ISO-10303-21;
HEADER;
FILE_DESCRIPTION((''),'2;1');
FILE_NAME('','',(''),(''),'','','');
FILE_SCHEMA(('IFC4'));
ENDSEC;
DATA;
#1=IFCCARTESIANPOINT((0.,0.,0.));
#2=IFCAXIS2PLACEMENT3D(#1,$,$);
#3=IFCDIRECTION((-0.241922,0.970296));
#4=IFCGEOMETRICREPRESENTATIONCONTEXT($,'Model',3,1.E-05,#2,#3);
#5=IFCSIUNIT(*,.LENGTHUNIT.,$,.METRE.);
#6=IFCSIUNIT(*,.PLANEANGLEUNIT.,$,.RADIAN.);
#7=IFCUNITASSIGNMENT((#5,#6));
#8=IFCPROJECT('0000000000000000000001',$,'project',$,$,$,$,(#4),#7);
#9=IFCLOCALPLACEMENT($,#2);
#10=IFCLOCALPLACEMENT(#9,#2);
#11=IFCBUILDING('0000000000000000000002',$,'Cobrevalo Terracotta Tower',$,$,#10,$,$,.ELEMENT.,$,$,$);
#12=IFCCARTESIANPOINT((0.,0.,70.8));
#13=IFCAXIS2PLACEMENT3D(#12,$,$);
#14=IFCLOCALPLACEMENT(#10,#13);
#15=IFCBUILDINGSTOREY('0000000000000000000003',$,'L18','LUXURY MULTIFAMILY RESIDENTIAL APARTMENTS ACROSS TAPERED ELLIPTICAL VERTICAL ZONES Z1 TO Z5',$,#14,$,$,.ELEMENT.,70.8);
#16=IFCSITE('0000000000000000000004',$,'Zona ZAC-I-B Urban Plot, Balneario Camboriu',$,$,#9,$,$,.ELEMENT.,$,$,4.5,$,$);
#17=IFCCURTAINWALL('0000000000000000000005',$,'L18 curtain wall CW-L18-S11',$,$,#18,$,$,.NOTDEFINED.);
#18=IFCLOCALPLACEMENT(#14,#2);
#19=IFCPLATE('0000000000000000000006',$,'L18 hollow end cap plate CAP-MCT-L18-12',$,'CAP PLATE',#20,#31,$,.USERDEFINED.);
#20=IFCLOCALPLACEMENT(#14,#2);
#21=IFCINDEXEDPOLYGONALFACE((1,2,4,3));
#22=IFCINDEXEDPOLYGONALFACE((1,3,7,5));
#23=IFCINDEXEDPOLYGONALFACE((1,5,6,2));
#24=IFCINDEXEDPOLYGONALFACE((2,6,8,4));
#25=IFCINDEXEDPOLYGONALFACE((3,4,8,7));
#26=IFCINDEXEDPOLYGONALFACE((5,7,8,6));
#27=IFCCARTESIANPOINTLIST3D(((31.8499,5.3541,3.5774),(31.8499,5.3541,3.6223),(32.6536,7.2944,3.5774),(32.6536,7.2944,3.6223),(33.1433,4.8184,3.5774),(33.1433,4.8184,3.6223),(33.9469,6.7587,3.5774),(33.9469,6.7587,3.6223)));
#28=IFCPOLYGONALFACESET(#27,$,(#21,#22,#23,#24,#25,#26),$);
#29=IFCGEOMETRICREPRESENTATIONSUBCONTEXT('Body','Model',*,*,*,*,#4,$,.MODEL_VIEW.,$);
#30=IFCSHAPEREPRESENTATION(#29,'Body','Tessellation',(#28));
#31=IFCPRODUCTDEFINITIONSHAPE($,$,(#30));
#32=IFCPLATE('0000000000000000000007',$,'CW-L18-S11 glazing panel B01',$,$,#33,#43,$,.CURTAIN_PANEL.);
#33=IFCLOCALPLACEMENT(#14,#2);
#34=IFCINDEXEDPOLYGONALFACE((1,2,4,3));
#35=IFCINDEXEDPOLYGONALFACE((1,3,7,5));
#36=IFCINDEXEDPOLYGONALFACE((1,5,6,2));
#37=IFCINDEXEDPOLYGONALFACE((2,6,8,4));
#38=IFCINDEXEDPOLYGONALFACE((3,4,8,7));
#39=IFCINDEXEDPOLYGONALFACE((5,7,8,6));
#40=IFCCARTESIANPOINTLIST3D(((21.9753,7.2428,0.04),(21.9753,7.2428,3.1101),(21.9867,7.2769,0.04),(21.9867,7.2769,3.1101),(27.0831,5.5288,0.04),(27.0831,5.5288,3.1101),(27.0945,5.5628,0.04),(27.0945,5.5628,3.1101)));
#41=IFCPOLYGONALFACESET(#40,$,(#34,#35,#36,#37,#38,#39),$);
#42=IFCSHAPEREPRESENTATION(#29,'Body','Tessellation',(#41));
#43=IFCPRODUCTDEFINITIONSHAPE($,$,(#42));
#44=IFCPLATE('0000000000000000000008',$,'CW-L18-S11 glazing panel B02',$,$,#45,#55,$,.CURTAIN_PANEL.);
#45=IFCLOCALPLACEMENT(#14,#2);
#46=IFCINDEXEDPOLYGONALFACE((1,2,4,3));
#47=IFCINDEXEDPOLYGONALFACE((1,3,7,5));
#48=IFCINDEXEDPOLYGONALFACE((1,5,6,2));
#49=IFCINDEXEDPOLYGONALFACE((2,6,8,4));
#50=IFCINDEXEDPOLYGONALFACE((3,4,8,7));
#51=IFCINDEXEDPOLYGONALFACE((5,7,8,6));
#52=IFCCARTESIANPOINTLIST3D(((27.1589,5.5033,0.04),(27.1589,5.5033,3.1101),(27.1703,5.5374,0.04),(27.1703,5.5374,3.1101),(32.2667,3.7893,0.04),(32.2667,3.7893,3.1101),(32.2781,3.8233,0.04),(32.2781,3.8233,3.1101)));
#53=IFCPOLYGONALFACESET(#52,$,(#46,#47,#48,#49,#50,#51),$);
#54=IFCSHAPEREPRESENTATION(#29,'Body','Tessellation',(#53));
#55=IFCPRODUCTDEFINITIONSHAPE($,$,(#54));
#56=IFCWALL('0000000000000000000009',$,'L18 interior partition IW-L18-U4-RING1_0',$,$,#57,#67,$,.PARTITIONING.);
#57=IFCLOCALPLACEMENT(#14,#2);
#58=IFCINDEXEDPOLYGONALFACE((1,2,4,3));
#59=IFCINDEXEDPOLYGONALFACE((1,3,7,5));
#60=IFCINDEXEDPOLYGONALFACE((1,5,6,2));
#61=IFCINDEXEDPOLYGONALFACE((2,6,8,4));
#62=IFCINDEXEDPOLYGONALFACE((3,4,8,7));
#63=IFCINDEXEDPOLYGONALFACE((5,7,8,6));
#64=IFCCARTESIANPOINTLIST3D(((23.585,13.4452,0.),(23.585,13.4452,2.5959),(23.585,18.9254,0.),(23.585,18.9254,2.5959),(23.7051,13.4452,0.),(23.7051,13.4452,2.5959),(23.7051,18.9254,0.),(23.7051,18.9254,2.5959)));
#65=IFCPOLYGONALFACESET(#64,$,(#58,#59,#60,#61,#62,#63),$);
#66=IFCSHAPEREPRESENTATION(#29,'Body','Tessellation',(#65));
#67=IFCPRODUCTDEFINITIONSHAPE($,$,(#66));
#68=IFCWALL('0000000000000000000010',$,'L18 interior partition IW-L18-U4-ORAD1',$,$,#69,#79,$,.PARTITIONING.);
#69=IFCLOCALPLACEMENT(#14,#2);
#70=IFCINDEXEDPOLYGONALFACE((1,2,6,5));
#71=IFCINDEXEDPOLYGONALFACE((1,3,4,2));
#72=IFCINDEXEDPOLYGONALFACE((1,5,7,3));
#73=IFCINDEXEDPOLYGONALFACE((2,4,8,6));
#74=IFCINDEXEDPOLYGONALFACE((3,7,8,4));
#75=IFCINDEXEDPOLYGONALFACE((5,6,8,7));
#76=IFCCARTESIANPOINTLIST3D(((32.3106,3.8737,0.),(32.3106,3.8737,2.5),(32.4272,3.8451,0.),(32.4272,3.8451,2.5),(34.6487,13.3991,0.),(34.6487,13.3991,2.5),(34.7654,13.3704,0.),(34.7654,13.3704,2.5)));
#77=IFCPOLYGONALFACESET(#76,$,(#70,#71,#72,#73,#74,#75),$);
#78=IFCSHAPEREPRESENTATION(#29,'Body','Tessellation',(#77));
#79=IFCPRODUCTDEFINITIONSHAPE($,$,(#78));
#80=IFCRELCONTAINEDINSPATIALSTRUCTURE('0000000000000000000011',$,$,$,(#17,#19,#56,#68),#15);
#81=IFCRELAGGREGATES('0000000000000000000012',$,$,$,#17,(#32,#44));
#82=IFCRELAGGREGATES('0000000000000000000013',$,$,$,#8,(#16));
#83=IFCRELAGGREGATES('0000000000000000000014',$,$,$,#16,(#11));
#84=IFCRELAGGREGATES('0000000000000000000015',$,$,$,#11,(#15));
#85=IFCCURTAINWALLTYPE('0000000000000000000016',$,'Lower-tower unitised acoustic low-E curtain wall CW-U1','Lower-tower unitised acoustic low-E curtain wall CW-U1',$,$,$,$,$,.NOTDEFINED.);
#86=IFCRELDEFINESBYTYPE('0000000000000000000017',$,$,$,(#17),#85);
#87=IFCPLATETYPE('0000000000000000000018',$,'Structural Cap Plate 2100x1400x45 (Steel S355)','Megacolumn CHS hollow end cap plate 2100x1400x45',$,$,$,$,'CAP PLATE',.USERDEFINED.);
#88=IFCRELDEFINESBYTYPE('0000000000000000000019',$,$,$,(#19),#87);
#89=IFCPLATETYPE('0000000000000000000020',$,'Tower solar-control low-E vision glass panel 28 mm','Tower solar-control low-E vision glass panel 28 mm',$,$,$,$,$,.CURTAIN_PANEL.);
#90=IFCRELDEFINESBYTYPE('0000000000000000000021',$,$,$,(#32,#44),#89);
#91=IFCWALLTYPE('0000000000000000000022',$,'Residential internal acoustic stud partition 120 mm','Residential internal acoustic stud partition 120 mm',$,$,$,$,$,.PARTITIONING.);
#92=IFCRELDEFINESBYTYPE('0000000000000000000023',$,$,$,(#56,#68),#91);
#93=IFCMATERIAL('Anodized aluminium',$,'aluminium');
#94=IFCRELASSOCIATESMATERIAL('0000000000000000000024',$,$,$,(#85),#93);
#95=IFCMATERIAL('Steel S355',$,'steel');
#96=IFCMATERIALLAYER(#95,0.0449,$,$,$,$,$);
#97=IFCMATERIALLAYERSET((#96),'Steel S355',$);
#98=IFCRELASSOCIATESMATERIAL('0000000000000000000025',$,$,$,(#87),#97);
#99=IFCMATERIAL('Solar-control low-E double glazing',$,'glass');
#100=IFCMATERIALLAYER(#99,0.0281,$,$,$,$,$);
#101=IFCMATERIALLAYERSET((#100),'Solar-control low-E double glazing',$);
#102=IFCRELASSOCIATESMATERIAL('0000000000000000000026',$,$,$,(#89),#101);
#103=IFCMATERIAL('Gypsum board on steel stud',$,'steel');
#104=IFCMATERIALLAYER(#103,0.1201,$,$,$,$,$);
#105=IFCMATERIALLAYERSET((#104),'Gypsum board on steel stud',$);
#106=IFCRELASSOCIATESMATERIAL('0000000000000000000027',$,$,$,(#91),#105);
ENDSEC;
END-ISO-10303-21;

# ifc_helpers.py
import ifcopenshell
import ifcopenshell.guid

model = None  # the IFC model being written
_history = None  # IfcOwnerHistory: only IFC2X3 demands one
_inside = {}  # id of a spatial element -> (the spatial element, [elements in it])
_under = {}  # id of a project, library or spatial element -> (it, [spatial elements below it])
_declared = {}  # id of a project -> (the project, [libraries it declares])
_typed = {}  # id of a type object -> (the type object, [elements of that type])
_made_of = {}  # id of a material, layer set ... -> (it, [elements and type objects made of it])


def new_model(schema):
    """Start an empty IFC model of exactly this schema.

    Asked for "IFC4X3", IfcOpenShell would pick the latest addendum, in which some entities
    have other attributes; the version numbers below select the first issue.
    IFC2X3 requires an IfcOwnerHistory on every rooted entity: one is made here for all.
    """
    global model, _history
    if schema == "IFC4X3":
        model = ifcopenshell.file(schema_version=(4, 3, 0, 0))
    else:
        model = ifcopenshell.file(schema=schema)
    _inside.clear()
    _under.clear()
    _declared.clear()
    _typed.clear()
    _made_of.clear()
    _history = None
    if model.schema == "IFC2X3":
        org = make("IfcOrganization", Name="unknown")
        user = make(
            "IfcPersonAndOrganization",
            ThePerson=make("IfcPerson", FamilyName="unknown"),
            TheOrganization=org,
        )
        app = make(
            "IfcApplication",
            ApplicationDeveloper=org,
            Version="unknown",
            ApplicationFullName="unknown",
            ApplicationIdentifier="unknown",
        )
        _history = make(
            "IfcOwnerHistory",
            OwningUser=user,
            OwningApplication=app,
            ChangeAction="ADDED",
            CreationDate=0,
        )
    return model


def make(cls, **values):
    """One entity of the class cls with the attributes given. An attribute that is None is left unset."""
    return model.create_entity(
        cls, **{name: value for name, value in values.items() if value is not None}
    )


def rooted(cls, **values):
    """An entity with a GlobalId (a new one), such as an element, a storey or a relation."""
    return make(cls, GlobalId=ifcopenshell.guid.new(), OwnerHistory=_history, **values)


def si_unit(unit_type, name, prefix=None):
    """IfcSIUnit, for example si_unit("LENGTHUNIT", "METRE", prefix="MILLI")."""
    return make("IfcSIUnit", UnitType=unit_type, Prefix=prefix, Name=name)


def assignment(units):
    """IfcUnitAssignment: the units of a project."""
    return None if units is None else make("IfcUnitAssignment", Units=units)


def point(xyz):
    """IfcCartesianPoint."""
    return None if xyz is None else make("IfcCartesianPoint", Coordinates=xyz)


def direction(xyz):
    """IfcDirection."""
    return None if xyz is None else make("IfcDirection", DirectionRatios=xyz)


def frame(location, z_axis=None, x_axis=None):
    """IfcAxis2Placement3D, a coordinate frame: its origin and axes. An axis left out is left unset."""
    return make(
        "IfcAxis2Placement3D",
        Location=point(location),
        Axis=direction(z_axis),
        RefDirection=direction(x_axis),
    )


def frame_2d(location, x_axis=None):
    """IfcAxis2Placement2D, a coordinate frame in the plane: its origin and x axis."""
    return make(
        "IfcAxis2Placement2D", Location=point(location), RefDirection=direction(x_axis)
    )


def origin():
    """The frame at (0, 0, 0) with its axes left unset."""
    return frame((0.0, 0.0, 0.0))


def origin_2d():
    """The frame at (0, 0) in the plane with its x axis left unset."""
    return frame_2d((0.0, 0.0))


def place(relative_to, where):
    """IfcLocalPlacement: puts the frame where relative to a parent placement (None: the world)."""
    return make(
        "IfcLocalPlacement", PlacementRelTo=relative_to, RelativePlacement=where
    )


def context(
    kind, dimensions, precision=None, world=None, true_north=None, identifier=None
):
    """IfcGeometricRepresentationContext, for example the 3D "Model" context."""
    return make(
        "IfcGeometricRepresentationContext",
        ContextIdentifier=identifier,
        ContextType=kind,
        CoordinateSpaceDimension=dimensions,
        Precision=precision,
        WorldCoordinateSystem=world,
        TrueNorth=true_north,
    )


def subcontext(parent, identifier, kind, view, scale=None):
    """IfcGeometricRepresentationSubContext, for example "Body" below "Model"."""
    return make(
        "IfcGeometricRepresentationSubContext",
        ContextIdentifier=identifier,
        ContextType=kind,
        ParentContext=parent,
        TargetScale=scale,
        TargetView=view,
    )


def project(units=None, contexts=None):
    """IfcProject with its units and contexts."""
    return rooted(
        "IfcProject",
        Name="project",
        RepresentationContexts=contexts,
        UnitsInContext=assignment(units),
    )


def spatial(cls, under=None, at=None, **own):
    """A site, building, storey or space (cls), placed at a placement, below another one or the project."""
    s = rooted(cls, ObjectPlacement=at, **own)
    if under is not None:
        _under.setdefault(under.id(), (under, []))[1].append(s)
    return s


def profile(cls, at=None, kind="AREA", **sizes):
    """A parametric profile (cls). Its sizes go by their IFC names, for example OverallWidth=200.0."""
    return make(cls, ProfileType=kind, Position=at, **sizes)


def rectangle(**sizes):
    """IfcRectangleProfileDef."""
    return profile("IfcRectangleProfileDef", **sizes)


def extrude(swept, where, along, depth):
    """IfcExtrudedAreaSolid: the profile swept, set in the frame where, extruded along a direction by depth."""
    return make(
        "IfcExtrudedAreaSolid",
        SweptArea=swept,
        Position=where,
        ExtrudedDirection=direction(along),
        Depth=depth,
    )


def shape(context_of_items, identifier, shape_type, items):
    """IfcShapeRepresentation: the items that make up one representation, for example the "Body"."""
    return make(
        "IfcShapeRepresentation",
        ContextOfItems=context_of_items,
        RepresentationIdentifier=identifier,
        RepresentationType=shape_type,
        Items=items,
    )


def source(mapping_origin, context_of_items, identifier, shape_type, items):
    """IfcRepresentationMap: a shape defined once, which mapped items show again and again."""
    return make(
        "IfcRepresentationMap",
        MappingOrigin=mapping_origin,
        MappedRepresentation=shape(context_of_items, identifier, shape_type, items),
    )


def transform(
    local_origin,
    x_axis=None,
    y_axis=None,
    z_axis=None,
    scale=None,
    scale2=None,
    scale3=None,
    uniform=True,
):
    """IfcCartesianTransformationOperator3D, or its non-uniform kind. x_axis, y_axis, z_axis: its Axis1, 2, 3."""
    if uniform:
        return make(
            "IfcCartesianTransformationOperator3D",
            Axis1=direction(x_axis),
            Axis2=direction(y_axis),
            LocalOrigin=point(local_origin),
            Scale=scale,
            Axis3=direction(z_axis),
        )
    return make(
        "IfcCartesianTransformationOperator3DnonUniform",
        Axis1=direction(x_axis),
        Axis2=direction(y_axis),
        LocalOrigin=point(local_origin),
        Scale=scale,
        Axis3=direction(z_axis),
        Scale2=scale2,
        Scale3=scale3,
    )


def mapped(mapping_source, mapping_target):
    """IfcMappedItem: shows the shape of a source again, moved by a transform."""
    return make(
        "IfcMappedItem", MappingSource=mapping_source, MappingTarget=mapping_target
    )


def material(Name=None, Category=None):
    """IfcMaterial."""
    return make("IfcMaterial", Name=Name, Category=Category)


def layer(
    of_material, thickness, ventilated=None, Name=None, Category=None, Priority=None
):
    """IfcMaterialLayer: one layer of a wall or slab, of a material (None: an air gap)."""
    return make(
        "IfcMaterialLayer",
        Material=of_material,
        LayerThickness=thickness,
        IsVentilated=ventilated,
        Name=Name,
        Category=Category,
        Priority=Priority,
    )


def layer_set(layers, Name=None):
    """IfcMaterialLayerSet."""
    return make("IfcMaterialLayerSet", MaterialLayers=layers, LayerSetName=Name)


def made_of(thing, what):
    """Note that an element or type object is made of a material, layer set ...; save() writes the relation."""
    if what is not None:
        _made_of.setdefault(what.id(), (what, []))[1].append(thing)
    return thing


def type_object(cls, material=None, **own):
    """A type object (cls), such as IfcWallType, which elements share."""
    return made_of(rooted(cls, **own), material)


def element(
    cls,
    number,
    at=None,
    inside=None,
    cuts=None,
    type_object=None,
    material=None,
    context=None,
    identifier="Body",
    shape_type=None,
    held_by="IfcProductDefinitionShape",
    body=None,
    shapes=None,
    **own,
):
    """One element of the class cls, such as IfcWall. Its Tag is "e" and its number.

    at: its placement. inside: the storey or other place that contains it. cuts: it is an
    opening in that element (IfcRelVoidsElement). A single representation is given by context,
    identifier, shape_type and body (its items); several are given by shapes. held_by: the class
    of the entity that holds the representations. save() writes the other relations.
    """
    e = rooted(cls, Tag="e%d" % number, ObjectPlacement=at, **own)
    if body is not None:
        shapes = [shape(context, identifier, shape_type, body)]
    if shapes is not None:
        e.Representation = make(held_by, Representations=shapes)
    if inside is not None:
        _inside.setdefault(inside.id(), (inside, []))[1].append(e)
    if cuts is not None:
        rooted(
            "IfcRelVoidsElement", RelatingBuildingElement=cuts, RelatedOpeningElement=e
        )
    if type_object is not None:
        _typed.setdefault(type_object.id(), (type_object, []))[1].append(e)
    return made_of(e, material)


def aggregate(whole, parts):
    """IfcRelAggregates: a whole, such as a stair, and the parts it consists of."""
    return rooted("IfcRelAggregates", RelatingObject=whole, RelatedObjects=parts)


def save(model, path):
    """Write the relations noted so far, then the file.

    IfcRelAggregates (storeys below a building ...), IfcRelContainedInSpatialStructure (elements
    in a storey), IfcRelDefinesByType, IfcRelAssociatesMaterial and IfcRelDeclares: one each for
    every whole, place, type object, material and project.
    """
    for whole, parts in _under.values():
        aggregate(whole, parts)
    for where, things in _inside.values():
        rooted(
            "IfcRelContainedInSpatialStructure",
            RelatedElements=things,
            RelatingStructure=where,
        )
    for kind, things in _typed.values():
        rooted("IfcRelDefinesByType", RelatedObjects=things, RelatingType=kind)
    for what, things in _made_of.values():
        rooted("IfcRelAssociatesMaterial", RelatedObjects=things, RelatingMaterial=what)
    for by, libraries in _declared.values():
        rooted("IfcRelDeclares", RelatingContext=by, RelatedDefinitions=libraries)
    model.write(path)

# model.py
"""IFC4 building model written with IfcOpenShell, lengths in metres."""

from ifc_helpers import new_model, si_unit, direction, frame, frame_2d, origin, origin_2d, place, context, subcontext, project, spatial, rectangle, extrude, source, transform, mapped, material, layer, layer_set, type_object, element, aggregate, save


model = new_model("IFC4")

# Units and contexts
model_context = context("Model", 3, precision=1e-05, world=origin(), true_north=direction((-0.241922, 0.970296)))
body_context = subcontext(model_context, "Body", "Model", "MODEL_VIEW")
ifc_project = project(units=[si_unit("LENGTHUNIT", "METRE"), si_unit("PLANEANGLEUNIT", "RADIAN")], contexts=[model_context])

# Site, building, storey
site_placement = place(None, origin())
site = spatial("IfcSite", under=ifc_project, at=site_placement, Name="Zona ZAC-I-B Urban Plot, Balneario Camboriu", CompositionType="ELEMENT", RefElevation=4.5)
building_placement = place(site_placement, origin())
building = spatial("IfcBuilding", under=site, at=building_placement, Name="Cobrevalo Terracotta Tower", CompositionType="ELEMENT")
storey_placement = place(building_placement, frame((0.0, 0.0, 70.8)))
storey = spatial("IfcBuildingStorey", under=building, at=storey_placement, Name="L18", Description="LUXURY MULTIFAMILY RESIDENTIAL APARTMENTS ACROSS TAPERED ELLIPTICAL VERTICAL ZONES Z1 TO Z5", CompositionType="ELEMENT", Elevation=70.8)

# Shared definitions
ifc_material_1 = material(Name="Steel S355", Category="steel")

# Curtain wall
ifc_material_2 = material(Name="Anodized aluminium", Category="aluminium")
curtain_wall_type = type_object("IfcCurtainWallType", Name="Lower-tower unitised acoustic low-E curtain wall CW-U1", Description="Lower-tower unitised acoustic low-E curtain wall CW-U1", PredefinedType="NOTDEFINED", material=ifc_material_2)
curtain_wall_1_placement = place(storey_placement, origin())
curtain_wall_1 = element("IfcCurtainWall", 1, at=curtain_wall_1_placement, inside=storey, type_object=curtain_wall_type, Name="L18 curtain wall CW-L18-S11", PredefinedType="NOTDEFINED")

# Plate
ifc_layer_1 = layer(ifc_material_1, 0.0449)
ifc_layer_set_1 = layer_set([ifc_layer_1], Name="Steel S355")
plate_type_1 = type_object("IfcPlateType", Name="Structural Cap Plate 2100x1400x45 (Steel S355)", Description="Megacolumn CHS hollow end cap plate 2100x1400x45", ElementType="CAP PLATE", PredefinedType="USERDEFINED", material=ifc_layer_set_1)
shared_shape_1 = source(origin(), body_context, "Body", "SweptSolid", [
    extrude(rectangle(XDim=2.1001, YDim=1.3999, at=origin_2d()), origin(), (0.0, 0.0, 1.0), 0.0449),
])
for number, where, z_axis, x_axis, name in (
    (2, (32.8984, 6.0564, 3.5774), (0.0, 0.0, 1.0), (-0.382683, -0.92388, 0.0), "L18 hollow end cap plate CAP-MCT-L18-12"),
):
    element("IfcPlate", number, at=place(storey_placement, frame(where, z_axis=z_axis, x_axis=x_axis)), inside=storey, type_object=plate_type_1, Name=name, ObjectType="CAP PLATE", PredefinedType="USERDEFINED", context=body_context, shape_type="MappedRepresentation", body=[
        mapped(shared_shape_1, transform((0.0, 0.0, 0.0), scale=1.0)),
    ])

# Plates
ifc_material_3 = material(Name="Solar-control low-E double glazing", Category="glass")
ifc_layer_2 = layer(ifc_material_3, 0.0281)
ifc_layer_set_2 = layer_set([ifc_layer_2], Name="Solar-control low-E double glazing")
plate_type_2 = type_object("IfcPlateType", Name="Tower solar-control low-E vision glass panel 28 mm", Description="Tower solar-control low-E vision glass panel 28 mm", PredefinedType="CURTAIN_PANEL", material=ifc_layer_set_2)
shared_shape_2 = source(origin(), body_context, "Body", "SweptSolid", [
    extrude(rectangle(XDim=5.3877, YDim=0.0359, at=origin_2d()), origin(), (0.0, 0.0, 1.0), 3.0701),
])
plate_1_placement = place(storey_placement, frame((24.5349, 6.4028, 0.04), z_axis=(0.0, 0.0, 1.0), x_axis=(0.948044, -0.318139, 0.0)))
plate_1 = element("IfcPlate", 3, at=plate_1_placement, type_object=plate_type_2, Name="CW-L18-S11 glazing panel B01", PredefinedType="CURTAIN_PANEL", context=body_context, shape_type="MappedRepresentation", body=[
    mapped(shared_shape_2, transform((0.0, 0.0, 0.0), scale=1.0)),
])
plate_2_placement = place(storey_placement, frame((29.7185, 4.6633, 0.04), z_axis=(0.0, 0.0, 1.0), x_axis=(0.948044, -0.318139, 0.0)))
plate_2 = element("IfcPlate", 4, at=plate_2_placement, type_object=plate_type_2, Name="CW-L18-S11 glazing panel B02", PredefinedType="CURTAIN_PANEL", context=body_context, shape_type="MappedRepresentation", body=[
    mapped(shared_shape_2, transform((0.0, 0.0, 0.0), scale=1.0)),
])
aggregate(curtain_wall_1, [plate_1, plate_2])

# Walls
ifc_material_4 = material(Name="Gypsum board on steel stud", Category="steel")
ifc_layer_3 = layer(ifc_material_4, 0.1201)
ifc_layer_set_3 = layer_set([ifc_layer_3], Name="Gypsum board on steel stud")
wall_type = type_object("IfcWallType", Name="Residential internal acoustic stud partition 120 mm", Description="Residential internal acoustic stud partition 120 mm", PredefinedType="PARTITIONING", material=ifc_layer_set_3)
wall_1_placement = place(storey_placement, frame((23.645, 13.4451, 0.0), z_axis=(0.0, 0.0, 1.0), x_axis=(0.0, 1.0, 0.0)))
element("IfcWall", 5, at=wall_1_placement, inside=storey, type_object=wall_type, Name="L18 interior partition IW-L18-U4-RING1_0", PredefinedType="PARTITIONING", context=body_context, shape_type="SweptSolid", body=[
    extrude(rectangle(XDim=5.4802, YDim=0.1201, at=frame_2d((2.7402, 0.0))), origin(), (0.0, 0.0, 1.0), 2.5959),
])
wall_2_placement = place(storey_placement, frame((34.707, 13.3848, 0.0), z_axis=(0.0, 0.0, 1.0), x_axis=(-0.238387, -0.97117, 0.0)))
element("IfcWall", 6, at=wall_2_placement, inside=storey, type_object=wall_type, Name="L18 interior partition IW-L18-U4-ORAD1", PredefinedType="PARTITIONING", context=body_context, shape_type="SweptSolid", body=[
    extrude(rectangle(XDim=9.8081, YDim=0.1201, at=frame_2d((4.9041, 0.0))), origin(), (0.0, 0.0, 1.0), 2.5),
])

save(model, "model.ifc")
